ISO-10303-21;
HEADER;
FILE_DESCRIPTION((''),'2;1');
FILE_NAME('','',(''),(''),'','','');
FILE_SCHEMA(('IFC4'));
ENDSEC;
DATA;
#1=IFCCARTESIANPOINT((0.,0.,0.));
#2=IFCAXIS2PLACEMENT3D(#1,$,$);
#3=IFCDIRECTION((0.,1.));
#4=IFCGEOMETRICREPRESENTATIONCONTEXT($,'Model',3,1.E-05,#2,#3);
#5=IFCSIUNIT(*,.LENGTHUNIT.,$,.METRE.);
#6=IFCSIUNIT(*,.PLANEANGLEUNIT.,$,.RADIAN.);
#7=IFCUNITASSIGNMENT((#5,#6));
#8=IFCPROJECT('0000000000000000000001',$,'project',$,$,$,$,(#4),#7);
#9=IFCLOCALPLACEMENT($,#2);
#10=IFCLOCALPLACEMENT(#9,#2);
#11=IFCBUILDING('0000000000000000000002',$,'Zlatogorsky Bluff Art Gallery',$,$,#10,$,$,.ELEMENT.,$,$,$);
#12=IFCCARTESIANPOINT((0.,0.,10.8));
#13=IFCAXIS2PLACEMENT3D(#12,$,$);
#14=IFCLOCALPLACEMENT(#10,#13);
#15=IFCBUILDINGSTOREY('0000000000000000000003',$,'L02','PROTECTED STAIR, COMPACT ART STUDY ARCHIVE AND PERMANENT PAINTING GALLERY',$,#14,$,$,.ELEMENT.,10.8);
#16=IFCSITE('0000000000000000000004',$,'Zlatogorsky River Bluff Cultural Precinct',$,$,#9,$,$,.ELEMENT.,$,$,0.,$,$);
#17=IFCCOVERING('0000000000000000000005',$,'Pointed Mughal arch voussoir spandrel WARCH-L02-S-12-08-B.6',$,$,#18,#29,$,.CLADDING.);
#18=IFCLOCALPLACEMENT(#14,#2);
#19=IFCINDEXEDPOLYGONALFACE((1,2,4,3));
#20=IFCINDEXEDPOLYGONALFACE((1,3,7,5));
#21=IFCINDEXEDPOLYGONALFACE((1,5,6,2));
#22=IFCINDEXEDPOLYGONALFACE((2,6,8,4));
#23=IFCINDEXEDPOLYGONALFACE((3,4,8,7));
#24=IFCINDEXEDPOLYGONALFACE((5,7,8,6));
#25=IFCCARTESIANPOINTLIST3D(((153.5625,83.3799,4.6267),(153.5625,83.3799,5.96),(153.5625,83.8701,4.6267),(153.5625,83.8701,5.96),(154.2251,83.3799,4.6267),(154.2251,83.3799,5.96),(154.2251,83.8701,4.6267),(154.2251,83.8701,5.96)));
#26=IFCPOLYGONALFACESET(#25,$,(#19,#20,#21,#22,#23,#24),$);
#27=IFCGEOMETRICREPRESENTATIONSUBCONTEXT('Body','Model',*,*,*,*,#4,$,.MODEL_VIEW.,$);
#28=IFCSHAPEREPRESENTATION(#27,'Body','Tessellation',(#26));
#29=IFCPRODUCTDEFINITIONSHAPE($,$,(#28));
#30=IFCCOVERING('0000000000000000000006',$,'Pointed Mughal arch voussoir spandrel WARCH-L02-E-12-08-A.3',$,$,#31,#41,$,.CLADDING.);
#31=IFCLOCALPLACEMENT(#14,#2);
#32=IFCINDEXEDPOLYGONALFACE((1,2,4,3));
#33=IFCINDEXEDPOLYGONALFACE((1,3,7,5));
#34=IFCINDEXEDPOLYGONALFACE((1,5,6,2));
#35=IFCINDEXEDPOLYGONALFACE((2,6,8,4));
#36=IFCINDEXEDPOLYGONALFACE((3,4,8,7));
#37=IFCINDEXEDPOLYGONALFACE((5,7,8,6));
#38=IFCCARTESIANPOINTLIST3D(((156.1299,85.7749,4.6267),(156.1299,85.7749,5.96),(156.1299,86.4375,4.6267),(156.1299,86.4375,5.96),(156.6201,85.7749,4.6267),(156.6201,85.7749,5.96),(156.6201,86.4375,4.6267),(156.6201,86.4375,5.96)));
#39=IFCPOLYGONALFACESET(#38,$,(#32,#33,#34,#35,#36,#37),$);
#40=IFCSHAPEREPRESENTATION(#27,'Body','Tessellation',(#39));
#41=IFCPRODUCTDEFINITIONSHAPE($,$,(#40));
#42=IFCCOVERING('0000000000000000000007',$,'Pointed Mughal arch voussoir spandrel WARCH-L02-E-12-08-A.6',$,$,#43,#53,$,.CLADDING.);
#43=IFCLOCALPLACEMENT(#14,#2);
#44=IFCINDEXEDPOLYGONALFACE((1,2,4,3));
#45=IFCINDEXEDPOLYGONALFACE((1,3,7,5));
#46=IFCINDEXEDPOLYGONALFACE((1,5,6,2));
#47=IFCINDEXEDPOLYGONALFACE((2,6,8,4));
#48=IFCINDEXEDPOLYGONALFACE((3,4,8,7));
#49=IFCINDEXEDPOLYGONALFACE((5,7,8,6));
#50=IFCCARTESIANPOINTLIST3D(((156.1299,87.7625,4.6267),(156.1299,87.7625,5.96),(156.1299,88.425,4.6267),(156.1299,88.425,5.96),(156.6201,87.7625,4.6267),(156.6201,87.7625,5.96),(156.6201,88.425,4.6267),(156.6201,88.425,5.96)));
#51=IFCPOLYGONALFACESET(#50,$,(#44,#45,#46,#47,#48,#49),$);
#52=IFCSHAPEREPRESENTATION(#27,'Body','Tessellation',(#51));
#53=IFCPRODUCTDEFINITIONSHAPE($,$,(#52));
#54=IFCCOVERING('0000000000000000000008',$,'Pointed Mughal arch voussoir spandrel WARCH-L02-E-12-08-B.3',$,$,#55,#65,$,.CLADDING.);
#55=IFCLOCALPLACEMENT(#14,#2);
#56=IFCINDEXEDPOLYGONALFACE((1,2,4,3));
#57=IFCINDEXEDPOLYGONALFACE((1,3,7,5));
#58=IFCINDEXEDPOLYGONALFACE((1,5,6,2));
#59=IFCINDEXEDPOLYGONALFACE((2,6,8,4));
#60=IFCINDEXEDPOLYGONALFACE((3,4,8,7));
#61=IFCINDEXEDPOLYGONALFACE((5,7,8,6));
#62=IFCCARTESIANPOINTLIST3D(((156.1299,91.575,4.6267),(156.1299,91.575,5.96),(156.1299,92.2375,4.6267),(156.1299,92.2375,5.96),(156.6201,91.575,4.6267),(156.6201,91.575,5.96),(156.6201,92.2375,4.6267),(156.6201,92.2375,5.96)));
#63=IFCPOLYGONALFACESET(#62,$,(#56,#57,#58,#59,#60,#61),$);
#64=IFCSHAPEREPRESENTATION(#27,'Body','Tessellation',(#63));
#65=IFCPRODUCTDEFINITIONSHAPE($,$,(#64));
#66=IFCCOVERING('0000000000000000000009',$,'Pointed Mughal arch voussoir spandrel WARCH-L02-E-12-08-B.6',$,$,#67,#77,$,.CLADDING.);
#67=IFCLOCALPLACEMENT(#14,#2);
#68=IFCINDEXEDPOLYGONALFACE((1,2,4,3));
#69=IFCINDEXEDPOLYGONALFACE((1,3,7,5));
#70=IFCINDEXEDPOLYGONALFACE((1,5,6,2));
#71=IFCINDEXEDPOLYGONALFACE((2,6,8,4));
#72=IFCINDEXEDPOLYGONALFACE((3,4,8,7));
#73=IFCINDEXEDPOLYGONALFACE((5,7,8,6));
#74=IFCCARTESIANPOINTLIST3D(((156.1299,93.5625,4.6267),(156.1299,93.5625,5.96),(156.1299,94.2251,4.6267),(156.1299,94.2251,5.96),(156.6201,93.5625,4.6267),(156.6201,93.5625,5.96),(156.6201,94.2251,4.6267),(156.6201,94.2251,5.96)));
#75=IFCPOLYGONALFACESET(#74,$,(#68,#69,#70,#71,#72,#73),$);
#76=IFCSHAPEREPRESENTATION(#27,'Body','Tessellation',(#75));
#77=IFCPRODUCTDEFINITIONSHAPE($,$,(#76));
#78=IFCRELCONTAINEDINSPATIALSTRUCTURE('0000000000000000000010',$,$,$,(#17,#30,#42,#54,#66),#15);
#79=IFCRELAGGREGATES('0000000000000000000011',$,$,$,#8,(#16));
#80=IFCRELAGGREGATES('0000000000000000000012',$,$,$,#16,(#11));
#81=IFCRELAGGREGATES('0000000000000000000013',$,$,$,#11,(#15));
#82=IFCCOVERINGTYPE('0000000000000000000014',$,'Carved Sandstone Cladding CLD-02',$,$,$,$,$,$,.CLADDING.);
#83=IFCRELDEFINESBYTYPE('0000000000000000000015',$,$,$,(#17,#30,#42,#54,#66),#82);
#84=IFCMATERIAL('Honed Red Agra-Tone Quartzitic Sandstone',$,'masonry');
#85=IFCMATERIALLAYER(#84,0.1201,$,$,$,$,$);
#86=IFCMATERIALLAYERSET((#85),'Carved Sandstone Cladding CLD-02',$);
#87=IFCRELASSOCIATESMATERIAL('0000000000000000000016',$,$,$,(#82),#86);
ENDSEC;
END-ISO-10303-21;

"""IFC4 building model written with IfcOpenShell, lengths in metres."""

from ifc_helpers import new_model, si_unit, direction, frame, origin, place, context, subcontext, project, spatial, polyline, outline, extrude, material, layer, layer_set, type_object, element, save


model = new_model("IFC4")

# Units and contexts
model_context = context("Model", 3, precision=1e-05, world=origin(), true_north=direction((0.0, 1.0)))
body_context = subcontext(model_context, "Body", "Model", "MODEL_VIEW")
ifc_project = project(units=[si_unit("LENGTHUNIT", "METRE"), si_unit("PLANEANGLEUNIT", "RADIAN")], contexts=[model_context])

# Site, building, storey
site_placement = place(None, origin())
site = spatial("IfcSite", under=ifc_project, at=site_placement, Name="Zlatogorsky River Bluff Cultural Precinct", CompositionType="ELEMENT", RefElevation=0.0)
building_placement = place(site_placement, origin())
building = spatial("IfcBuilding", under=site, at=building_placement, Name="Zlatogorsky Bluff Art Gallery", CompositionType="ELEMENT")
storey_placement = place(building_placement, frame((0.0, 0.0, 10.8)))
storey = spatial("IfcBuildingStorey", under=building, at=storey_placement, Name="L02", Description="PROTECTED STAIR, COMPACT ART STUDY ARCHIVE AND PERMANENT PAINTING GALLERY", CompositionType="ELEMENT", Elevation=10.8)

# Coverings
ifc_material = material(Name="Honed Red Agra-Tone Quartzitic Sandstone", Category="masonry")
ifc_layer = layer(ifc_material, 0.1201)
ifc_layer_set = layer_set([ifc_layer], Name="Carved Sandstone Cladding CLD-02")
covering_type = type_object("IfcCoveringType", Name="Carved Sandstone Cladding CLD-02", PredefinedType="CLADDING", material=ifc_layer_set)
covering_1_placement = place(storey_placement, frame((0.0, 0.0, 4.6267)))
element("IfcCovering", 1, at=covering_1_placement, inside=storey, type_object=covering_type, Name="Pointed Mughal arch voussoir spandrel WARCH-L02-S-12-08-B.6", PredefinedType="CLADDING", context=body_context, shape_type="SweptSolid", body=[
    extrude(outline(polyline([(153.5625, 83.3799), (154.2251, 83.3799), (154.2251, 83.8701), (153.5625, 83.8701), (153.5625, 83.3799)])), origin(), (0.0, 0.0, 1.0), 1.3333),
])
covering_2_placement = place(storey_placement, frame((0.0, 0.0, 4.6267)))
element("IfcCovering", 2, at=covering_2_placement, inside=storey, type_object=covering_type, Name="Pointed Mughal arch voussoir spandrel WARCH-L02-E-12-08-A.3", PredefinedType="CLADDING", context=body_context, shape_type="SweptSolid", body=[
    extrude(outline(polyline([(156.1299, 85.7749), (156.1299, 86.4375), (156.6201, 86.4375), (156.6201, 85.7749), (156.1299, 85.7749)])), origin(), (0.0, 0.0, 1.0), 1.3333),
])
covering_3_placement = place(storey_placement, frame((0.0, 0.0, 4.6267)))
element("IfcCovering", 3, at=covering_3_placement, inside=storey, type_object=covering_type, Name="Pointed Mughal arch voussoir spandrel WARCH-L02-E-12-08-A.6", PredefinedType="CLADDING", context=body_context, shape_type="SweptSolid", body=[
    extrude(outline(polyline([(156.1299, 87.7625), (156.1299, 88.425), (156.6201, 88.425), (156.6201, 87.7625), (156.1299, 87.7625)])), origin(), (0.0, 0.0, 1.0), 1.3333),
])
covering_4_placement = place(storey_placement, frame((0.0, 0.0, 4.6267)))
element("IfcCovering", 4, at=covering_4_placement, inside=storey, type_object=covering_type, Name="Pointed Mughal arch voussoir spandrel WARCH-L02-E-12-08-B.3", PredefinedType="CLADDING", context=body_context, shape_type="SweptSolid", body=[
    extrude(outline(polyline([(156.1299, 91.575), (156.1299, 92.2375), (156.6201, 92.2375), (156.6201, 91.575), (156.1299, 91.575)])), origin(), (0.0, 0.0, 1.0), 1.3333),
])
covering_5_placement = place(storey_placement, frame((0.0, 0.0, 4.6267)))
element("IfcCovering", 5, at=covering_5_placement, inside=storey, type_object=covering_type, Name="Pointed Mughal arch voussoir spandrel WARCH-L02-E-12-08-B.6", PredefinedType="CLADDING", context=body_context, shape_type="SweptSolid", body=[
    extrude(outline(polyline([(156.1299, 93.5625), (156.1299, 94.2251), (156.6201, 94.2251), (156.6201, 93.5625), (156.1299, 93.5625)])), origin(), (0.0, 0.0, 1.0), 1.3333),
])

save(model, "model.ifc")
